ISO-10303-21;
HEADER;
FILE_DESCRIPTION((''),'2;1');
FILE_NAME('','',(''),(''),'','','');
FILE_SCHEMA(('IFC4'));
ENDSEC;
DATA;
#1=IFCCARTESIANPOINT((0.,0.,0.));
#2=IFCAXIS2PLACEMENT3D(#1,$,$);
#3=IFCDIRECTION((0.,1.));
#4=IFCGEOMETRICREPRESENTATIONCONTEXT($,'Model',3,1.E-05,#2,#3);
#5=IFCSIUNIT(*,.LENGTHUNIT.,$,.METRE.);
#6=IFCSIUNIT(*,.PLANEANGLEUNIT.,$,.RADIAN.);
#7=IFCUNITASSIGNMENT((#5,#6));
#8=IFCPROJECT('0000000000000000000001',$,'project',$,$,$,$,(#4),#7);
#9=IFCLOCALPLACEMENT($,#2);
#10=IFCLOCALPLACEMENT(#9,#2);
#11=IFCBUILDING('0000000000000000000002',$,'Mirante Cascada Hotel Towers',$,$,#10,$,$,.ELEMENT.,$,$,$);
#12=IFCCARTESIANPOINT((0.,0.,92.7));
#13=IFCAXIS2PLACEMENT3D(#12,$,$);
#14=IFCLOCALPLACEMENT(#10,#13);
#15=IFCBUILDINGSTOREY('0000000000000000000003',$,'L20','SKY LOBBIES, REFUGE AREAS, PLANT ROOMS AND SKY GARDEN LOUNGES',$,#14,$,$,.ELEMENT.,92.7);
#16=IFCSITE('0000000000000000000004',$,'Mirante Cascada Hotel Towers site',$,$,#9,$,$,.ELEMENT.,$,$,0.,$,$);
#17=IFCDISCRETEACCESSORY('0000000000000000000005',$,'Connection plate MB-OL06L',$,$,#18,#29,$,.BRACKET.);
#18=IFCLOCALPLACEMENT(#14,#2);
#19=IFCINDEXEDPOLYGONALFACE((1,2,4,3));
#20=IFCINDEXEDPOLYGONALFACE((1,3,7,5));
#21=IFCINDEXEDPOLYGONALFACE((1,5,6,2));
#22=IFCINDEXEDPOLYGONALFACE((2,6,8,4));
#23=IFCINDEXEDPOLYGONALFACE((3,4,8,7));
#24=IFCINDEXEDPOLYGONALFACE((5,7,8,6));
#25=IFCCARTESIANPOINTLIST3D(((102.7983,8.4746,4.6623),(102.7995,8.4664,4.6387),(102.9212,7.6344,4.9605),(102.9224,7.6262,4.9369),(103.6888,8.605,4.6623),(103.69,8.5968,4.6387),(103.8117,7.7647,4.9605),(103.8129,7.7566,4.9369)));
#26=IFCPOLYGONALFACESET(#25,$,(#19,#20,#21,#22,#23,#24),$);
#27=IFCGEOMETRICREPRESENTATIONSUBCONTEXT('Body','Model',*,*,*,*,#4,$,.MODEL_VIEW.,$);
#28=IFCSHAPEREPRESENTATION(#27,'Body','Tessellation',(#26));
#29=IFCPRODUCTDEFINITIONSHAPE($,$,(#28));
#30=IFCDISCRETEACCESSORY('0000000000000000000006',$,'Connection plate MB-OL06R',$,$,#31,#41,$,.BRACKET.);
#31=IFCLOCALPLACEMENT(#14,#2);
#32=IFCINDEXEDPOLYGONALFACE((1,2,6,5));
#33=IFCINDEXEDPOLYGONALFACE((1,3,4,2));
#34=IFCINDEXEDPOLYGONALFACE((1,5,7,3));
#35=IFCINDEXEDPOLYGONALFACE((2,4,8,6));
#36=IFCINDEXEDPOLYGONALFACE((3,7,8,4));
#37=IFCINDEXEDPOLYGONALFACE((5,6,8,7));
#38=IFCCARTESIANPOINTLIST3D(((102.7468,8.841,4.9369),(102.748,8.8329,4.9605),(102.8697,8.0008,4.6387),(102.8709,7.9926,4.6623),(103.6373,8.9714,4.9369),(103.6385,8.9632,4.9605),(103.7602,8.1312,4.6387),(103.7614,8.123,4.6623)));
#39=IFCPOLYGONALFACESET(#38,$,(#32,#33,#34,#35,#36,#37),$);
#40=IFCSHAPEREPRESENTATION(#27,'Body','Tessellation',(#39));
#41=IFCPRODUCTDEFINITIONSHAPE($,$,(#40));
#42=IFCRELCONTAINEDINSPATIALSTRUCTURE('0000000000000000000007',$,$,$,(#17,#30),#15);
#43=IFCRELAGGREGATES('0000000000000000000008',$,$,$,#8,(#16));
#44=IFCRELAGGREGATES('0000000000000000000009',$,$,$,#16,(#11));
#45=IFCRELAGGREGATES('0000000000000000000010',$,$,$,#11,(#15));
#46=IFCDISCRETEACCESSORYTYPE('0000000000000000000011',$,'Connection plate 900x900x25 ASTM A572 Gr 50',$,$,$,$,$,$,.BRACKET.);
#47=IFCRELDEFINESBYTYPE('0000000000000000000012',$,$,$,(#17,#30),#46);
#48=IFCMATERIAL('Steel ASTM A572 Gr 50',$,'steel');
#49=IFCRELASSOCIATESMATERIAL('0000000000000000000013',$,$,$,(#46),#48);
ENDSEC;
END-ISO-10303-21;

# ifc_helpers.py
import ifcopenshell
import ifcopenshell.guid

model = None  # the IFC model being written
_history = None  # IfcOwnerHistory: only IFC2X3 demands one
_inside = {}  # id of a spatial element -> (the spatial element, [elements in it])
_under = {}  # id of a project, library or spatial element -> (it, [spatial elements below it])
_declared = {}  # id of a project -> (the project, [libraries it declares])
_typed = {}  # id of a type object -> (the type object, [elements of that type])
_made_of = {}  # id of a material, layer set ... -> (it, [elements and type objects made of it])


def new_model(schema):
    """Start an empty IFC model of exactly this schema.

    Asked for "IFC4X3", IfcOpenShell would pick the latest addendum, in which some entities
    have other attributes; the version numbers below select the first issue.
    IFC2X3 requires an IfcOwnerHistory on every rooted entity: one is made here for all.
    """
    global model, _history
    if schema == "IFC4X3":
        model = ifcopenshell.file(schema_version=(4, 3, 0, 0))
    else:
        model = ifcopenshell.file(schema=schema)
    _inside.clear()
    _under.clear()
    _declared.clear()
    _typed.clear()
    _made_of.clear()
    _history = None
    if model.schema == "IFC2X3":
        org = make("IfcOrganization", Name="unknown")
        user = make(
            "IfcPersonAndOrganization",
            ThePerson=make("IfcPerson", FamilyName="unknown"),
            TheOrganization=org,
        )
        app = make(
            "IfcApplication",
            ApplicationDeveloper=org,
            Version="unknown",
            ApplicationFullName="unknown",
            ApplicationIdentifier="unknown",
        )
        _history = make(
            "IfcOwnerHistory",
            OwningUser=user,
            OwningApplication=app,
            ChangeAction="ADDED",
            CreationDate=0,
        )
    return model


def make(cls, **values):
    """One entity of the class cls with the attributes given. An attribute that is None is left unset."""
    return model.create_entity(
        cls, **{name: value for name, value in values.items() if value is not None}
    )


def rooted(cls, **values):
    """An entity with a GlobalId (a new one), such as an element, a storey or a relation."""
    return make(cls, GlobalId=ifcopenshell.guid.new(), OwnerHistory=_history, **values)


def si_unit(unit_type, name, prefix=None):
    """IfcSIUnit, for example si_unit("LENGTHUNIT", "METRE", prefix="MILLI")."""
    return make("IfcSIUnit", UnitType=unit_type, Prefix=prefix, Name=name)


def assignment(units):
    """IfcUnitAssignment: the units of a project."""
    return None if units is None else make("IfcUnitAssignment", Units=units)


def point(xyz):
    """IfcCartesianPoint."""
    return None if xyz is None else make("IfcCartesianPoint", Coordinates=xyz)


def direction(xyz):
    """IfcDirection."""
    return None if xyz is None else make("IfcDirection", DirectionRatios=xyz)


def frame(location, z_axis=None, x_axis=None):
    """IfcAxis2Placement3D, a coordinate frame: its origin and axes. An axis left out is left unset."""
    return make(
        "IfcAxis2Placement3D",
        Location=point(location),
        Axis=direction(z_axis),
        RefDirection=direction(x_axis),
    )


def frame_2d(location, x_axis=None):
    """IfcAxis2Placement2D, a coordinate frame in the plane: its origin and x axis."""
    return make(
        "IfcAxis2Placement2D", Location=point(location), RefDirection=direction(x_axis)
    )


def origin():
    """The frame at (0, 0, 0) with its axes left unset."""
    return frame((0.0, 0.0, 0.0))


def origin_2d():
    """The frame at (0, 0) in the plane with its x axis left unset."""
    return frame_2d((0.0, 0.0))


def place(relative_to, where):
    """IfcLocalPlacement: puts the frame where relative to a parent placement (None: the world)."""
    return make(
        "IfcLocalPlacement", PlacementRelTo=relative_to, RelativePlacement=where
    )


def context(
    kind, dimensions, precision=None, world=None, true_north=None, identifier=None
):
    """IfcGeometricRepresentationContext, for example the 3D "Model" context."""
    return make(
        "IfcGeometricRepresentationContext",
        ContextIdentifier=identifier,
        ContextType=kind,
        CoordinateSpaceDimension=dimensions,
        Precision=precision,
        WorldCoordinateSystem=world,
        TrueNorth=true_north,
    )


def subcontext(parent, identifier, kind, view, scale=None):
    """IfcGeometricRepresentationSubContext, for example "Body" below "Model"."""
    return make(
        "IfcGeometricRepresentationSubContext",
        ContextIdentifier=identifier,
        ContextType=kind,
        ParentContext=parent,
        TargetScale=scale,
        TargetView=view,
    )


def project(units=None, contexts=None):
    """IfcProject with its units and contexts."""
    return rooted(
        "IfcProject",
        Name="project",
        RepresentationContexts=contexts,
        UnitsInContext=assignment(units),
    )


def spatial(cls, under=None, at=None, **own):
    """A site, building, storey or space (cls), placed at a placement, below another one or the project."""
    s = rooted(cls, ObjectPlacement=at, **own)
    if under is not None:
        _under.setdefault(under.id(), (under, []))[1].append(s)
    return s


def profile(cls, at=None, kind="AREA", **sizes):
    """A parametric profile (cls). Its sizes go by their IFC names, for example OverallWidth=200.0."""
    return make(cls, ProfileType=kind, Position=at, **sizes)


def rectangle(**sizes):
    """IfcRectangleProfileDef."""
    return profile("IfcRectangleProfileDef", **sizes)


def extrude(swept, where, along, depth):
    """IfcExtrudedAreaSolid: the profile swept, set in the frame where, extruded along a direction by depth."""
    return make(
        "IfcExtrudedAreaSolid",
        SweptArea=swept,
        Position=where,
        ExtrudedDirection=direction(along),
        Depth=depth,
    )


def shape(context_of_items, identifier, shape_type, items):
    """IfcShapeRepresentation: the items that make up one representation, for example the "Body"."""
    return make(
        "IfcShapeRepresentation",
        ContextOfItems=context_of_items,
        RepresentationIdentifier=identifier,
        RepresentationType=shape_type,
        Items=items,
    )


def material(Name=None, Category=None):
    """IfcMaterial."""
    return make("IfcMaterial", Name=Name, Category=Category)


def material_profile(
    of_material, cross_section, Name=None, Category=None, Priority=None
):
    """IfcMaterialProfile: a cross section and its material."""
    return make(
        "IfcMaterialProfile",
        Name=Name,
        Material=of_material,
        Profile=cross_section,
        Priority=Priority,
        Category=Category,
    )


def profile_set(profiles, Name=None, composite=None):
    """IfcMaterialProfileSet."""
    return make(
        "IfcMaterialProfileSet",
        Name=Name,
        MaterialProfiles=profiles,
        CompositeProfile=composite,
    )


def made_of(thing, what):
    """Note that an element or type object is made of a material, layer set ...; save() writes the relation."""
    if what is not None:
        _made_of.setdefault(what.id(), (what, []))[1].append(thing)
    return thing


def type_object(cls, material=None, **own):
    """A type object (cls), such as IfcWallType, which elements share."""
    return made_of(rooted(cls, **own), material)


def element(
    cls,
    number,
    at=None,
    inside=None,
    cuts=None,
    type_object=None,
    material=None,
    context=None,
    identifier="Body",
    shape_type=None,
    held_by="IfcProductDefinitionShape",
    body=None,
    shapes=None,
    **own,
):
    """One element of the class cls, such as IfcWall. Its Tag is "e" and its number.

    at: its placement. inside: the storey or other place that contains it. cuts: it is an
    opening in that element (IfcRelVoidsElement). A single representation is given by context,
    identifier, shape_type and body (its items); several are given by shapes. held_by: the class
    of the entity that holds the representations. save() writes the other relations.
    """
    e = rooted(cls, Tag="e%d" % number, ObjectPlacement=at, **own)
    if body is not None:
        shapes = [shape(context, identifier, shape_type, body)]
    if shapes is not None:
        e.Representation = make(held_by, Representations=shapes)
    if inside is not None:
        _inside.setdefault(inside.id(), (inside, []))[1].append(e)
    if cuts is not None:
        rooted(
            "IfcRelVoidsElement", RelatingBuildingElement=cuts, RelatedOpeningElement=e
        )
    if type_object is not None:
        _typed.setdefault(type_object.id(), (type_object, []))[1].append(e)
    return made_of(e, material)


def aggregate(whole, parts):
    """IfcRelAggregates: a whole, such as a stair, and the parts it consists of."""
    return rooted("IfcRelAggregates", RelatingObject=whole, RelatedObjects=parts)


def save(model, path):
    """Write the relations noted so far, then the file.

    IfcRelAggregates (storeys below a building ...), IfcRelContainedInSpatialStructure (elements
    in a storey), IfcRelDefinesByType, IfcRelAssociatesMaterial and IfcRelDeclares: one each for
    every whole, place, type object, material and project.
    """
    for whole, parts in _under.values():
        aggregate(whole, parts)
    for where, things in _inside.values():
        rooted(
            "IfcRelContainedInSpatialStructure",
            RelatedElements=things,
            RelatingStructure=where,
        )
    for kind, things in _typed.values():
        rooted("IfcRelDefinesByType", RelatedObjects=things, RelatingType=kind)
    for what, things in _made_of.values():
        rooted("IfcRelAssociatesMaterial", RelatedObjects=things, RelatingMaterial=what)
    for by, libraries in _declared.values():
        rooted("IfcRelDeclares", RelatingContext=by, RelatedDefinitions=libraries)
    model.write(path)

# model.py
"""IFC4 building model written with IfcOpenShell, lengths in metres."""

from ifc_helpers import new_model, si_unit, direction, frame, origin, origin_2d, place, context, subcontext, project, spatial, rectangle, extrude, material, material_profile, profile_set, type_object, element, save


model = new_model("IFC4")

# Units and contexts
model_context = context("Model", 3, precision=1e-05, world=origin(), true_north=direction((0.0, 1.0)))
body_context = subcontext(model_context, "Body", "Model", "MODEL_VIEW")
ifc_project = project(units=[si_unit("LENGTHUNIT", "METRE"), si_unit("PLANEANGLEUNIT", "RADIAN")], contexts=[model_context])

# Site, building, storey
site_placement = place(None, origin())
site = spatial("IfcSite", under=ifc_project, at=site_placement, Name="Mirante Cascada Hotel Towers site", CompositionType="ELEMENT", RefElevation=0.0)
building_placement = place(site_placement, origin())
building = spatial("IfcBuilding", under=site, at=building_placement, Name="Mirante Cascada Hotel Towers", CompositionType="ELEMENT")
storey_placement = place(building_placement, frame((0.0, 0.0, 92.7)))
storey = spatial("IfcBuildingStorey", under=building, at=storey_placement, Name="L20", Description="SKY LOBBIES, REFUGE AREAS, PLANT ROOMS AND SKY GARDEN LOUNGES", CompositionType="ELEMENT", Elevation=92.7)

# Discrete accessories
ifc_material_1 = material(Name="Steel ASTM A572 Gr 50", Category="steel")
ifc_material_profile_1 = material_profile(ifc_material_1, rectangle(XDim=0.9, YDim=0.9, at=origin_2d()), Name="Connection plate 900x900x25 ASTM A572 Gr 50")
ifc_profile_set_1 = profile_set([ifc_material_profile_1], Name="Steel ASTM A572 Gr 50")
discrete_accessory_type_1 = type_object("IfcDiscreteAccessoryType", Name="Connection plate 900x900x25 ASTM A572 Gr 50", PredefinedType="BRACKET", material=ifc_profile_set_1)
for number, where, z_axis, x_axis, name in (
    (1, (103.3062, 8.1115, 4.7878), (-0.047975, 0.327832, 0.943517), (-0.989461, -0.144799, 0.0), "Connection plate MB-OL06L"),
    (2, (103.2535, 8.4861, 4.7878), (0.047975, -0.327832, 0.943517), (0.989461, 0.144799, 0.0), "Connection plate MB-OL06R"),
):
    element("IfcDiscreteAccessory", number, at=place(storey_placement, frame(where, z_axis=z_axis, x_axis=x_axis)), inside=storey, type_object=discrete_accessory_type_1, Name=name, PredefinedType="BRACKET", context=body_context, shape_type="SweptSolid", body=[
        extrude(rectangle(XDim=0.9, YDim=0.9, at=origin_2d()), origin(), (0.0, 0.0, 1.0), 0.025),
    ])

save(model, "model.ifc")
